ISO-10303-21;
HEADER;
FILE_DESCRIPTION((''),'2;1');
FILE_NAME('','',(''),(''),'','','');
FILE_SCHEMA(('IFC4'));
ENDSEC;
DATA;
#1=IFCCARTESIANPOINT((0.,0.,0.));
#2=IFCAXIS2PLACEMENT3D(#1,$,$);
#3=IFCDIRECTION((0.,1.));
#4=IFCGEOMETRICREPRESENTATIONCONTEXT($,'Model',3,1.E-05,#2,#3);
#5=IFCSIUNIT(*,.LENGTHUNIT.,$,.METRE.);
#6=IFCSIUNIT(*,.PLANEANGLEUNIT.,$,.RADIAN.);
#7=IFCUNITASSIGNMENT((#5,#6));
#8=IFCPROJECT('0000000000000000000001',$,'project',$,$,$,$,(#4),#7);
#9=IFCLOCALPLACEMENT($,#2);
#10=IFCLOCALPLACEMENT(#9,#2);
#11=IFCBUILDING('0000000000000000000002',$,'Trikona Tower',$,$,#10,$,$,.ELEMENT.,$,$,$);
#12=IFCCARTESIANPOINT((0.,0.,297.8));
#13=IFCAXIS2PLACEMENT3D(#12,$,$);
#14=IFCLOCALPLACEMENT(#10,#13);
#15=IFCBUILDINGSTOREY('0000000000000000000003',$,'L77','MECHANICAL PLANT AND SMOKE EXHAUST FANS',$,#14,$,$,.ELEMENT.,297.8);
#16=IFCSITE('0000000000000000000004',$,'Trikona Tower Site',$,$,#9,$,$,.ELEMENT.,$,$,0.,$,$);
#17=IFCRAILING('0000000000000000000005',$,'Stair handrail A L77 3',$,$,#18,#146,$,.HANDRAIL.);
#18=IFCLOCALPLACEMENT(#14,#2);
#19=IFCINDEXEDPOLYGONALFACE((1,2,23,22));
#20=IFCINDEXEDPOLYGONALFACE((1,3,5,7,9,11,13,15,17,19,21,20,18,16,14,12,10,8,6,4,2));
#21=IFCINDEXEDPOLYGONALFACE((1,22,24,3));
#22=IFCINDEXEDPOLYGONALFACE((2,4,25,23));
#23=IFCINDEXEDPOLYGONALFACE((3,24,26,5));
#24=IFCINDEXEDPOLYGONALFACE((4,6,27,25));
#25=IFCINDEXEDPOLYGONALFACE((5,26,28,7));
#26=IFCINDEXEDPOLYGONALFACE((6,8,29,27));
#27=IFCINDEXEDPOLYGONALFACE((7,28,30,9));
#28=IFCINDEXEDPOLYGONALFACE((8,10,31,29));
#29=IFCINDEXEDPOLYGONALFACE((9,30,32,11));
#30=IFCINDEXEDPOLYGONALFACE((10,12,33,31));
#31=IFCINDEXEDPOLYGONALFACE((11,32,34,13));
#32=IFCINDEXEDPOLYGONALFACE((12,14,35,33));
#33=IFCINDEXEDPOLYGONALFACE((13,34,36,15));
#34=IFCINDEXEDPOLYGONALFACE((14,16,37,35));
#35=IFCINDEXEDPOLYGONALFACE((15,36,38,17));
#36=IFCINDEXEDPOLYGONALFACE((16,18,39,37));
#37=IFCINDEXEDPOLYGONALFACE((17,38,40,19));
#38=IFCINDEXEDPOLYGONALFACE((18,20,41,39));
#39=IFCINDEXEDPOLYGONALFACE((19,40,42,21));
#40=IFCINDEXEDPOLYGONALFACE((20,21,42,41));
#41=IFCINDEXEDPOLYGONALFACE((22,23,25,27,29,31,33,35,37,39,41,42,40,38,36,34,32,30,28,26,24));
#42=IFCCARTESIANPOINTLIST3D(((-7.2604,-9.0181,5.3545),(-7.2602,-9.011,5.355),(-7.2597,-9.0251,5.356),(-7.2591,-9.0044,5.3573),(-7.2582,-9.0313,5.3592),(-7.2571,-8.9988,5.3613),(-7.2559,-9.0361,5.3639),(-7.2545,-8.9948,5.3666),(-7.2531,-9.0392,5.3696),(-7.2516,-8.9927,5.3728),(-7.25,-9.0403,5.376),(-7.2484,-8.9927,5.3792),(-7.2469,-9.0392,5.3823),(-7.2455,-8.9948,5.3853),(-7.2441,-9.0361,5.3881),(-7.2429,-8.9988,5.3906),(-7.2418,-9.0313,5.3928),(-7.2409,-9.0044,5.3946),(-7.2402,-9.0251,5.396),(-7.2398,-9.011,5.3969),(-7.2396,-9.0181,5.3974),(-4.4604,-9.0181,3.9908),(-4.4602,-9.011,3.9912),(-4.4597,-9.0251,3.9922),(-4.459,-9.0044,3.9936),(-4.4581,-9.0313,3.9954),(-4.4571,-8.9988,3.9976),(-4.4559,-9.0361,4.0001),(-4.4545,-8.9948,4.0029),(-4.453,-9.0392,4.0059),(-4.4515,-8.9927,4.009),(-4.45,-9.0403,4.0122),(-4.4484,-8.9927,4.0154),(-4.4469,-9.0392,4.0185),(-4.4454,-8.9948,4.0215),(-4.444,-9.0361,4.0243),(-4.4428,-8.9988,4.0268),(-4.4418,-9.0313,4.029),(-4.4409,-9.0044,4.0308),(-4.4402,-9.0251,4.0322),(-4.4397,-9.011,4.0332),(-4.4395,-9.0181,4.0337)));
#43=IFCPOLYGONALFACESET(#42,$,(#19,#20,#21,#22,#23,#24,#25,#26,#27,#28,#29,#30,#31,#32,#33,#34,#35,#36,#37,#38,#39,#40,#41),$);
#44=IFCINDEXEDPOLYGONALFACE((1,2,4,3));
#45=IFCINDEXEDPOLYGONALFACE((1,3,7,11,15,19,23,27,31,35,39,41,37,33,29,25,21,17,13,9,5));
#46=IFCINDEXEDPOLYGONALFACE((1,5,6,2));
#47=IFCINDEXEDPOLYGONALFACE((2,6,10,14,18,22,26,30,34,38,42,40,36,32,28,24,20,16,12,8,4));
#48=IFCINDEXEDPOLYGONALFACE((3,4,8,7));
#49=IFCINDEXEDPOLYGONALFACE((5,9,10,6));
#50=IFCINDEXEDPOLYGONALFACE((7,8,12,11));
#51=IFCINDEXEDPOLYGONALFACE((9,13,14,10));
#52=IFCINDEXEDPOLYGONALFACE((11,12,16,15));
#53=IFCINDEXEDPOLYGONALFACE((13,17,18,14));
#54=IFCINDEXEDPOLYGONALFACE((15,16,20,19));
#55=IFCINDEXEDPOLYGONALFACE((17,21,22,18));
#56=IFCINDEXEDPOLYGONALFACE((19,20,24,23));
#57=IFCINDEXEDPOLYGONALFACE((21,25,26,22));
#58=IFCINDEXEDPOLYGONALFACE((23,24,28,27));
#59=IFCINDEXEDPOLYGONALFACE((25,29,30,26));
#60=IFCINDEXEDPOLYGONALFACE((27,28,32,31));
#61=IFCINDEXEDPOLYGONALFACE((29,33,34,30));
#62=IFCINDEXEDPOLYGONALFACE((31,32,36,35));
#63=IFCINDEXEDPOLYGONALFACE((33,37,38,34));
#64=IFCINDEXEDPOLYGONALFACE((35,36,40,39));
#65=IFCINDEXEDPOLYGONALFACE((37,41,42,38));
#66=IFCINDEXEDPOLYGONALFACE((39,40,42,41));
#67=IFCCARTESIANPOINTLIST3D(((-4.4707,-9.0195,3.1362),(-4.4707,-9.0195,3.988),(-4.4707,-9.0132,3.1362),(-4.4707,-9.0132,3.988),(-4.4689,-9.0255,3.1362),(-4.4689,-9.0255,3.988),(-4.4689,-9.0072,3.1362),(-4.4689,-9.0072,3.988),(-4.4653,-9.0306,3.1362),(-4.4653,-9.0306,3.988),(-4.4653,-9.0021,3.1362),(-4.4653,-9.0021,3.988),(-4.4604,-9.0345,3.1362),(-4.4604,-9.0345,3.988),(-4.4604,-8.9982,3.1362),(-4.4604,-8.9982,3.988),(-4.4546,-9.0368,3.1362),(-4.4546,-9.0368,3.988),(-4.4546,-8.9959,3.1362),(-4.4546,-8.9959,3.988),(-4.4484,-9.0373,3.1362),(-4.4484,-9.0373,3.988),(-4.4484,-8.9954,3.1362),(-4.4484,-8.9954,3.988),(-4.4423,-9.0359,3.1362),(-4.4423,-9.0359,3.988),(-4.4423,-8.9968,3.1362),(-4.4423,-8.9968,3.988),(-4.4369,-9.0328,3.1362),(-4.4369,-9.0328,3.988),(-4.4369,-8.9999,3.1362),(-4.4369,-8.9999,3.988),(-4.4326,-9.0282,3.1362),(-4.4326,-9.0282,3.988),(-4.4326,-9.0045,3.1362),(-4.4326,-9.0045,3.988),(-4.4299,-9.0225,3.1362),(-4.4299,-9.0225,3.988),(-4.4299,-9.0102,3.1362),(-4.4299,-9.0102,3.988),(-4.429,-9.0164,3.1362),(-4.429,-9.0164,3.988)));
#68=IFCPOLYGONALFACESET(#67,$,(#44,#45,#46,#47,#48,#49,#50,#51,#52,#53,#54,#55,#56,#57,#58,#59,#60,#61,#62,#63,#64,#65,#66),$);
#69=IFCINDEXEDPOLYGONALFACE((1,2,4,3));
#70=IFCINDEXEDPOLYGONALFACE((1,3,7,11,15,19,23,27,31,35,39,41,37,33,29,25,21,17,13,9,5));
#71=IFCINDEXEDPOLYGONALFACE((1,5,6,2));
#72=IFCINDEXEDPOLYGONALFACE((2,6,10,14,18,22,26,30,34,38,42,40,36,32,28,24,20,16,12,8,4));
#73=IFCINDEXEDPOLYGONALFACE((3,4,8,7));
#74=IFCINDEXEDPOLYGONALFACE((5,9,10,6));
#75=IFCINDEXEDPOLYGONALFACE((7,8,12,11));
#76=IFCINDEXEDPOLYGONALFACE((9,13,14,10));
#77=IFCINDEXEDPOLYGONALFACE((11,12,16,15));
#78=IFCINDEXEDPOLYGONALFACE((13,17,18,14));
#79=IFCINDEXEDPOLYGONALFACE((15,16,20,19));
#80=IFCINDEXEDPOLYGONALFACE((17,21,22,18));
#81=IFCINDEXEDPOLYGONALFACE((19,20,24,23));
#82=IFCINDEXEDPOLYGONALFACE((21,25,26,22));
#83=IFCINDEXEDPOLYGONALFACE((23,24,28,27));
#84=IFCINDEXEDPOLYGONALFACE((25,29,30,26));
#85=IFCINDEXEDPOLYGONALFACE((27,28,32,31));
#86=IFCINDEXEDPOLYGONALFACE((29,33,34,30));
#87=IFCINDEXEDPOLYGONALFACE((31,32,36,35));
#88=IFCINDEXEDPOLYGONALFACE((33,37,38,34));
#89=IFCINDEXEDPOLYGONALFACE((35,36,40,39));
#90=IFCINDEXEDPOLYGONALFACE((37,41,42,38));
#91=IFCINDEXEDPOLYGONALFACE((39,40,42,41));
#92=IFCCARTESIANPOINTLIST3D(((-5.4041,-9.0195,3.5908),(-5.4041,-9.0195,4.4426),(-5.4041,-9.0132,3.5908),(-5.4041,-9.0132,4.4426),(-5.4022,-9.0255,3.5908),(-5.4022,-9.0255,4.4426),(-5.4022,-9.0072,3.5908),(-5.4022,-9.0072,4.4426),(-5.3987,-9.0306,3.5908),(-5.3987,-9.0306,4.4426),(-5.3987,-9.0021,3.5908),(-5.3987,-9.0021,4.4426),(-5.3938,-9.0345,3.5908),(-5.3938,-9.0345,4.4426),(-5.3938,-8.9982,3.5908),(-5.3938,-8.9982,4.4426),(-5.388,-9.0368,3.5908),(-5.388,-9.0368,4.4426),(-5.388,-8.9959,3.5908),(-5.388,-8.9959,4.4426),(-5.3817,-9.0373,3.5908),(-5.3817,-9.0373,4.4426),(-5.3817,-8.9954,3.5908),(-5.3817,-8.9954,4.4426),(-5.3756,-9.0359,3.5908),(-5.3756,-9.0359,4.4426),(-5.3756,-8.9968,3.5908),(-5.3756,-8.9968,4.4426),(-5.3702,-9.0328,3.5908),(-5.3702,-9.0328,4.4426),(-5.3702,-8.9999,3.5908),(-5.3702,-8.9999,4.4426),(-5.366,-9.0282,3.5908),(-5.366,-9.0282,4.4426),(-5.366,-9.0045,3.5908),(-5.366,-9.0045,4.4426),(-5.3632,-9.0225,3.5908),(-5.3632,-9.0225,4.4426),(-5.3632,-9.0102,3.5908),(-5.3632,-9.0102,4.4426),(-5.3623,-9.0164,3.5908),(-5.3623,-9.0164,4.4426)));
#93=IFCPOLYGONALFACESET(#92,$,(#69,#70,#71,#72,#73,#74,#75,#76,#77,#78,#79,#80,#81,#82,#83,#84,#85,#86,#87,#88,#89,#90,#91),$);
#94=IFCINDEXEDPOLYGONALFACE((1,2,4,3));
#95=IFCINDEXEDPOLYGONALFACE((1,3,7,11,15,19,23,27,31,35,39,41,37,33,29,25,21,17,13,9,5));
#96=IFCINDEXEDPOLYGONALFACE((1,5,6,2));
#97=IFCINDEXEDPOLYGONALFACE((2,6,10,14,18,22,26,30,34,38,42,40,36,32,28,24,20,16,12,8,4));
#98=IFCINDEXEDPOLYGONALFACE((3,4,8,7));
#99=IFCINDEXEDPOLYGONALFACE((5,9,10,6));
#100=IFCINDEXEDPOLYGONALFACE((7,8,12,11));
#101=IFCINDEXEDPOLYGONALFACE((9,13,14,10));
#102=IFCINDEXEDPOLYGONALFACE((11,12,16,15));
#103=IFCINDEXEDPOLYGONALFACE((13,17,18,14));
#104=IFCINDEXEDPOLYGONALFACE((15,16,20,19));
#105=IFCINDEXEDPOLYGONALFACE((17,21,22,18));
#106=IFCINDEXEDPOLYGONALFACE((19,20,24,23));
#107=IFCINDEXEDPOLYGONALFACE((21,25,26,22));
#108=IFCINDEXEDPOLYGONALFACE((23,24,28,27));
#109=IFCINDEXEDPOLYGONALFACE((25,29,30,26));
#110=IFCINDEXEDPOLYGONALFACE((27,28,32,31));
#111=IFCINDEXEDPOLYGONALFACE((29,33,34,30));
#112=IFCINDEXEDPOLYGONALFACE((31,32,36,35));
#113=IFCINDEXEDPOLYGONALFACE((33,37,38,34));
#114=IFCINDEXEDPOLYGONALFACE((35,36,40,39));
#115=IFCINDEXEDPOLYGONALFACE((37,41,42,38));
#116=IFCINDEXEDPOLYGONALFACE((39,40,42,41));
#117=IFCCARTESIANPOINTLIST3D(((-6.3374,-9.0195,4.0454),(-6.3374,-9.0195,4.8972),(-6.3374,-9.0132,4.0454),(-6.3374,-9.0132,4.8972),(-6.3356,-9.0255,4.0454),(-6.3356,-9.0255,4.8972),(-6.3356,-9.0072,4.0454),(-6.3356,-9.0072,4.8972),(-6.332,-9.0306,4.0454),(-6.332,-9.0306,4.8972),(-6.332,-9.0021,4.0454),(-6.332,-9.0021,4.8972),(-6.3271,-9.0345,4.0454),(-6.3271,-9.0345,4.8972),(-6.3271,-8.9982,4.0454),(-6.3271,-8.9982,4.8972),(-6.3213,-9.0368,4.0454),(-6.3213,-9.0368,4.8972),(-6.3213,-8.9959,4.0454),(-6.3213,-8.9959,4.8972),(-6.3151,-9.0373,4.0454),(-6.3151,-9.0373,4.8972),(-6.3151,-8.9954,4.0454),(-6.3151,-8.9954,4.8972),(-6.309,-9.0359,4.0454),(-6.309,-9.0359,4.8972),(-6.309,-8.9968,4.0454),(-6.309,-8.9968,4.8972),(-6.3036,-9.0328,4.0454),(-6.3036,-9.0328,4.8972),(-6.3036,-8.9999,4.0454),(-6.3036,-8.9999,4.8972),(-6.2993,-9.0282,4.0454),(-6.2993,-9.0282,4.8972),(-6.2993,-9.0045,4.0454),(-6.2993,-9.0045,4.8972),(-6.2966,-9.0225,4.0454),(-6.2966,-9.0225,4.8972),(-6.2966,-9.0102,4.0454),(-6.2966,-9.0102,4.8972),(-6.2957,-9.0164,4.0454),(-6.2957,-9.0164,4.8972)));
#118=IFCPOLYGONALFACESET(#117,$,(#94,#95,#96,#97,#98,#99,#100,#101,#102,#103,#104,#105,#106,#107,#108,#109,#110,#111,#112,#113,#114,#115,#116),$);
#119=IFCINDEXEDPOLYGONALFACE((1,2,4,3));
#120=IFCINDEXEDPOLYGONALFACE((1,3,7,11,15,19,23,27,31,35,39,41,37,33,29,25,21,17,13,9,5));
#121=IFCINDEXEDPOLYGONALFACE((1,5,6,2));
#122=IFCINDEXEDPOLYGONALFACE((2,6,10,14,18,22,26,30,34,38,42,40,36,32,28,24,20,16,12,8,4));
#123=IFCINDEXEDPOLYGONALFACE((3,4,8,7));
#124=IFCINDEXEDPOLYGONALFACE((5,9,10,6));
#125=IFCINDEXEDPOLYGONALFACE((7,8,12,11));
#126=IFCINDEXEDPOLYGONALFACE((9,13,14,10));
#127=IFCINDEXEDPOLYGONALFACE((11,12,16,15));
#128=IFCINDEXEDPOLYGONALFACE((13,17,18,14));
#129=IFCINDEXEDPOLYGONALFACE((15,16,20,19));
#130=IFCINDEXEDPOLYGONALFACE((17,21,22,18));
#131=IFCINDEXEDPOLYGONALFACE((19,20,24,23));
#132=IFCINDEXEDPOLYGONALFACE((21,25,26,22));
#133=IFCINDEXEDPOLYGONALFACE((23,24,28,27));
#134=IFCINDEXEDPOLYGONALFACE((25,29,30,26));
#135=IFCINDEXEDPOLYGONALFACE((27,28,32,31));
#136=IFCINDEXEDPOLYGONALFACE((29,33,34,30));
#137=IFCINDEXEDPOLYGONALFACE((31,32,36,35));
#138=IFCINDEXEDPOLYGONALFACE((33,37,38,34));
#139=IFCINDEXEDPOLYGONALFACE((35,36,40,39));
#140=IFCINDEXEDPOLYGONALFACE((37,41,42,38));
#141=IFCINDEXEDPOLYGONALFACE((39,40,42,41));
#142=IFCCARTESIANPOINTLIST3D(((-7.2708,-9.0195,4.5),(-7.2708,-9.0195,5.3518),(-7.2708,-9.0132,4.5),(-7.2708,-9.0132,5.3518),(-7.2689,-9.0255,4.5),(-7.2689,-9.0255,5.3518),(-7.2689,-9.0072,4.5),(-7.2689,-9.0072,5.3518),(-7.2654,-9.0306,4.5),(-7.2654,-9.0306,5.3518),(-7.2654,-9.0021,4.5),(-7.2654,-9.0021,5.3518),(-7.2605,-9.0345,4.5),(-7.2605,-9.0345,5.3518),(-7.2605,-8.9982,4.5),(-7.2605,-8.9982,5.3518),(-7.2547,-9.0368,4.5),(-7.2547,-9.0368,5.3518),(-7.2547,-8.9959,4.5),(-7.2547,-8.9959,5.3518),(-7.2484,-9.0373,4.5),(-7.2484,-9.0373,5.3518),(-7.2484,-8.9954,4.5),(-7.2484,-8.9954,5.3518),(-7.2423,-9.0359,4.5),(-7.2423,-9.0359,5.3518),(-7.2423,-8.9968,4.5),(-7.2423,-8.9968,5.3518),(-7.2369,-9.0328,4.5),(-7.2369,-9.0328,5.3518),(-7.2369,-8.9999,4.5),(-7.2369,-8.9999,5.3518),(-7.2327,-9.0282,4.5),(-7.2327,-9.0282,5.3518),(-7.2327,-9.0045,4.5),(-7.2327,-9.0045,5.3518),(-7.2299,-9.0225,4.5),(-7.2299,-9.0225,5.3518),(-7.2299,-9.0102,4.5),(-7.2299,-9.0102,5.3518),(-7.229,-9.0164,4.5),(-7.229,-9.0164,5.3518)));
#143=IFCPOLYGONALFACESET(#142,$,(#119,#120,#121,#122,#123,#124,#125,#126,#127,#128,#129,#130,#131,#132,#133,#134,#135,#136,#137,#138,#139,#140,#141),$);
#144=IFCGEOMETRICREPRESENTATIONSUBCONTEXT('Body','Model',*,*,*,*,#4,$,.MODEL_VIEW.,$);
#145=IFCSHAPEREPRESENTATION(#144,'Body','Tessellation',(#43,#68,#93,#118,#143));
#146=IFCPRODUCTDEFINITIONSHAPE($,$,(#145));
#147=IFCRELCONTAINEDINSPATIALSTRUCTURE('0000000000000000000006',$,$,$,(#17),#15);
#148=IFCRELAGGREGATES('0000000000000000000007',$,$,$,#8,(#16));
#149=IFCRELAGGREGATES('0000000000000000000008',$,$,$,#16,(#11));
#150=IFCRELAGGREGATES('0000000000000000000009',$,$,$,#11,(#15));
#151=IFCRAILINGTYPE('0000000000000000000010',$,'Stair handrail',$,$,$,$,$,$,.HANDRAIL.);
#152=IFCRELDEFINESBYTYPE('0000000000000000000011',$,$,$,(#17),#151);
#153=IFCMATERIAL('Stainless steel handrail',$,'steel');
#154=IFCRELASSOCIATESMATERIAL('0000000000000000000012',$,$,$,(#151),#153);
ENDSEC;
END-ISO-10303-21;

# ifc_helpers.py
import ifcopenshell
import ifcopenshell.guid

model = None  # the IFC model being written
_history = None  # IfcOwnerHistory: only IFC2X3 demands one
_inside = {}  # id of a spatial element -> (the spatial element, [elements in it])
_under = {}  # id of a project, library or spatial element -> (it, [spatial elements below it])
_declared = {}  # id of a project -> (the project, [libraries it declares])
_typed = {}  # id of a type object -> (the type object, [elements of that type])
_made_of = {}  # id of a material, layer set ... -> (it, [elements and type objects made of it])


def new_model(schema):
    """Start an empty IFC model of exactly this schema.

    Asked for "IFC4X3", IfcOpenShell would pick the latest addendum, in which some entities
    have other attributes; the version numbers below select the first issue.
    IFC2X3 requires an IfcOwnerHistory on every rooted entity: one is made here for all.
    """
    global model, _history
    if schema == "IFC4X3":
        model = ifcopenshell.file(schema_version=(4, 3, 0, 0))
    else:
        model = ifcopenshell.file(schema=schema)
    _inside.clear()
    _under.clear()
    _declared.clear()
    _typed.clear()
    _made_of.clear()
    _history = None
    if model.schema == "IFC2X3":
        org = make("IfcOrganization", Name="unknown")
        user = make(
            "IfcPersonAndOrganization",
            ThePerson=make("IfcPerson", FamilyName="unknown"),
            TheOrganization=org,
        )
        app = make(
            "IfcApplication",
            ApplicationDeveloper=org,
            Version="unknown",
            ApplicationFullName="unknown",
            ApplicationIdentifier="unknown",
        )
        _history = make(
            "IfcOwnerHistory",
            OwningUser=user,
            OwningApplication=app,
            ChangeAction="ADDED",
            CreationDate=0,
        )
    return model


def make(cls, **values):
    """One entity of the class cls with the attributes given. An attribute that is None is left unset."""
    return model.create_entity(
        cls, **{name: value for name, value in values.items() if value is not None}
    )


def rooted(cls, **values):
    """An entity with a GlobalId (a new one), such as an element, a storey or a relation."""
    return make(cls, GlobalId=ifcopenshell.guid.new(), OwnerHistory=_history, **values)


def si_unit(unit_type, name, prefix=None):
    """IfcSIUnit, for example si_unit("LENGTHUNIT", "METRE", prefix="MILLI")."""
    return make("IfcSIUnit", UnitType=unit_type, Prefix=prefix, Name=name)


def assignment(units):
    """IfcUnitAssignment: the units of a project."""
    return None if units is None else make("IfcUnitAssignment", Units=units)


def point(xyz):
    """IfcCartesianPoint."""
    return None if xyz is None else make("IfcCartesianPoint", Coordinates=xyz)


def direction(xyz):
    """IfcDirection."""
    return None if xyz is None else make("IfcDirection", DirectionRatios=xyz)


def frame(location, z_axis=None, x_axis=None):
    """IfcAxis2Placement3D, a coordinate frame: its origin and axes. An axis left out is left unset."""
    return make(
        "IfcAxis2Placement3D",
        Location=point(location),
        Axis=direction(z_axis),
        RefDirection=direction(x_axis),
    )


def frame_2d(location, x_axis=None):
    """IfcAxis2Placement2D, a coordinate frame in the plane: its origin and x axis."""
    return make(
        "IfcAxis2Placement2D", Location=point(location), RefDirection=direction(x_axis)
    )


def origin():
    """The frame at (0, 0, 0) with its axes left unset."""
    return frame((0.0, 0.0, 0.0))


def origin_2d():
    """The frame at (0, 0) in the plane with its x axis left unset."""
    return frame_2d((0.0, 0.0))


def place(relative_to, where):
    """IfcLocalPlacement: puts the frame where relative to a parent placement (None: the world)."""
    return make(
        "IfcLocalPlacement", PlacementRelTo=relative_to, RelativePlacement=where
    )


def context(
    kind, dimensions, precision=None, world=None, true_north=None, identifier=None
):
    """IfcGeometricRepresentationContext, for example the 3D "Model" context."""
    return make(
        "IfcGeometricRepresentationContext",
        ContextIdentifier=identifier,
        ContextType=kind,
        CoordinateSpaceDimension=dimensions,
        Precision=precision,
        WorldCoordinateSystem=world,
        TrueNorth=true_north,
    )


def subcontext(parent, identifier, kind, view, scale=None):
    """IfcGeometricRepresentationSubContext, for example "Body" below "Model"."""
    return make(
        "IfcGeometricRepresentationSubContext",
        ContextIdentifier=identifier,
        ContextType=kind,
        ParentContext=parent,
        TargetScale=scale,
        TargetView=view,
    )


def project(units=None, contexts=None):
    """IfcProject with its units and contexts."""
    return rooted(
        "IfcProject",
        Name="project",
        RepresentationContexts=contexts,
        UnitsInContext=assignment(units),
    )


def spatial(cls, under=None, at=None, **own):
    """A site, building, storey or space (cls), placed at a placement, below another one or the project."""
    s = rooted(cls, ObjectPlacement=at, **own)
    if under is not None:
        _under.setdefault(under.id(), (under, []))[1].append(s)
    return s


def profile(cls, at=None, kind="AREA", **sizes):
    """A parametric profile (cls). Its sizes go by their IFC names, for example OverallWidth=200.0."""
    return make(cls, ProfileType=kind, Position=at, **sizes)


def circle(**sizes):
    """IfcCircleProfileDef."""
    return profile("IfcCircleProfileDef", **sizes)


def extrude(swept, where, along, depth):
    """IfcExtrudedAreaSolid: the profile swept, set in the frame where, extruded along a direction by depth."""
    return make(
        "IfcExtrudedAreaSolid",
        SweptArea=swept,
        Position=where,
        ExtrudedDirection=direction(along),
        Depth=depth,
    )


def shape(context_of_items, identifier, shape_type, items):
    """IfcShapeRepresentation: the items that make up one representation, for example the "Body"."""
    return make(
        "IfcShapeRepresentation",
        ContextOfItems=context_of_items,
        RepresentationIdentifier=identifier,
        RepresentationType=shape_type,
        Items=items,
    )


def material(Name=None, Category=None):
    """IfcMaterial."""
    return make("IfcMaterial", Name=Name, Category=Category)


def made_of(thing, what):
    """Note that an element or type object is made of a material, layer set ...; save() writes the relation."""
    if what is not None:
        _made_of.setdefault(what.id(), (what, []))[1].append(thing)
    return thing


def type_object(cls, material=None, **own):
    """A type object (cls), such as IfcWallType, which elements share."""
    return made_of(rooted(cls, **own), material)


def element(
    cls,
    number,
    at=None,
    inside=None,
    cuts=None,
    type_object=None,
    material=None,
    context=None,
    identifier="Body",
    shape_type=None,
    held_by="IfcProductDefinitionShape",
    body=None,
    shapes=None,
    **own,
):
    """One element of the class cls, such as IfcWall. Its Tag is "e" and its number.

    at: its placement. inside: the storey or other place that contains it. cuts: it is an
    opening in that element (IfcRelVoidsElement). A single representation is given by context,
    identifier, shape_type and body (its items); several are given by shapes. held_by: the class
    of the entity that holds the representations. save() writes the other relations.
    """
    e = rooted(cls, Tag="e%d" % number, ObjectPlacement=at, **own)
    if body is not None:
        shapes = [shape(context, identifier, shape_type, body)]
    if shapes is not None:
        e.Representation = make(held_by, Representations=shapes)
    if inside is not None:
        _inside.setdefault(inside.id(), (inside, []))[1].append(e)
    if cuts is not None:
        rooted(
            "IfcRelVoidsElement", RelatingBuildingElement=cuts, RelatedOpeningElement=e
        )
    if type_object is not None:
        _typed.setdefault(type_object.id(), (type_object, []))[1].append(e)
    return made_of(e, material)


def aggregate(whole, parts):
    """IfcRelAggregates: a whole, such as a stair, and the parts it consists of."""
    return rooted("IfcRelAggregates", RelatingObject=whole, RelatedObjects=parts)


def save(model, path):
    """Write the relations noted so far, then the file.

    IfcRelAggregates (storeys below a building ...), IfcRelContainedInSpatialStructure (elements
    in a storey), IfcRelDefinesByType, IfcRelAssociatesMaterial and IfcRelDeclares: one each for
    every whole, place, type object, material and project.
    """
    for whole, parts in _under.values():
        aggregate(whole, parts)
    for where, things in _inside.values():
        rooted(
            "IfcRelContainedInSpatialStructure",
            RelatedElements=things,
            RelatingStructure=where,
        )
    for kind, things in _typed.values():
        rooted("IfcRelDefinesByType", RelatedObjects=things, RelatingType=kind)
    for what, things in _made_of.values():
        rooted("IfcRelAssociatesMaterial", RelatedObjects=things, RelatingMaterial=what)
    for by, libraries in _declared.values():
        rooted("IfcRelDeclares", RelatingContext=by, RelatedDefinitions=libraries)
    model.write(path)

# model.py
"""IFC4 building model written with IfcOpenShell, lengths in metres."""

from ifc_helpers import new_model, si_unit, direction, frame, origin, origin_2d, place, context, subcontext, project, spatial, circle, extrude, material, type_object, element, save


model = new_model("IFC4")

# Units and contexts
model_context = context("Model", 3, precision=1e-05, world=origin(), true_north=direction((0.0, 1.0)))
body_context = subcontext(model_context, "Body", "Model", "MODEL_VIEW")
ifc_project = project(units=[si_unit("LENGTHUNIT", "METRE"), si_unit("PLANEANGLEUNIT", "RADIAN")], contexts=[model_context])

# Site, building, storey
site_placement = place(None, origin())
site = spatial("IfcSite", under=ifc_project, at=site_placement, Name="Trikona Tower Site", CompositionType="ELEMENT", RefElevation=0.0)
building_placement = place(site_placement, origin())
building = spatial("IfcBuilding", under=site, at=building_placement, Name="Trikona Tower", CompositionType="ELEMENT")
storey_placement = place(building_placement, frame((0.0, 0.0, 297.8)))
storey = spatial("IfcBuildingStorey", under=building, at=storey_placement, Name="L77", Description="MECHANICAL PLANT AND SMOKE EXHAUST FANS", CompositionType="ELEMENT", Elevation=297.8)

# Railing
ifc_material_1 = material(Name="Stainless steel handrail", Category="steel")
railing_type_1 = type_object("IfcRailingType", Name="Stair handrail", PredefinedType="HANDRAIL", material=ifc_material_1)
for number, where, name in (
    (1, (-4.45, -9.0164, 3.1362), "Stair handrail A L77 3"),
):
    element("IfcRailing", number, at=place(storey_placement, frame(where)), inside=storey, type_object=railing_type_1, Name=name, PredefinedType="HANDRAIL", context=body_context, shape_type="SweptSolid", body=[
        extrude(circle(Radius=0.0239, at=origin_2d()), frame((0.0, 0.0, 0.876), z_axis=(-0.899035, 0.0, 0.437877), x_axis=(0.0, -1.0, 0.0)), (0.0, 0.0, 1.0), 3.1145),
        extrude(circle(Radius=0.021, at=origin_2d()), origin(), (0.0, 0.0, 1.0), 0.8518),
        extrude(circle(Radius=0.021, at=origin_2d()), frame((-0.9333, 0.0, 0.4546)), (0.0, 0.0, 1.0), 0.8518),
        extrude(circle(Radius=0.021, at=origin_2d()), frame((-1.8667, 0.0, 0.9092)), (0.0, 0.0, 1.0), 0.8518),
        extrude(circle(Radius=0.021, at=origin_2d()), frame((-2.8, 0.0, 1.3638)), (0.0, 0.0, 1.0), 0.8518),
    ])

save(model, "model.ifc")
